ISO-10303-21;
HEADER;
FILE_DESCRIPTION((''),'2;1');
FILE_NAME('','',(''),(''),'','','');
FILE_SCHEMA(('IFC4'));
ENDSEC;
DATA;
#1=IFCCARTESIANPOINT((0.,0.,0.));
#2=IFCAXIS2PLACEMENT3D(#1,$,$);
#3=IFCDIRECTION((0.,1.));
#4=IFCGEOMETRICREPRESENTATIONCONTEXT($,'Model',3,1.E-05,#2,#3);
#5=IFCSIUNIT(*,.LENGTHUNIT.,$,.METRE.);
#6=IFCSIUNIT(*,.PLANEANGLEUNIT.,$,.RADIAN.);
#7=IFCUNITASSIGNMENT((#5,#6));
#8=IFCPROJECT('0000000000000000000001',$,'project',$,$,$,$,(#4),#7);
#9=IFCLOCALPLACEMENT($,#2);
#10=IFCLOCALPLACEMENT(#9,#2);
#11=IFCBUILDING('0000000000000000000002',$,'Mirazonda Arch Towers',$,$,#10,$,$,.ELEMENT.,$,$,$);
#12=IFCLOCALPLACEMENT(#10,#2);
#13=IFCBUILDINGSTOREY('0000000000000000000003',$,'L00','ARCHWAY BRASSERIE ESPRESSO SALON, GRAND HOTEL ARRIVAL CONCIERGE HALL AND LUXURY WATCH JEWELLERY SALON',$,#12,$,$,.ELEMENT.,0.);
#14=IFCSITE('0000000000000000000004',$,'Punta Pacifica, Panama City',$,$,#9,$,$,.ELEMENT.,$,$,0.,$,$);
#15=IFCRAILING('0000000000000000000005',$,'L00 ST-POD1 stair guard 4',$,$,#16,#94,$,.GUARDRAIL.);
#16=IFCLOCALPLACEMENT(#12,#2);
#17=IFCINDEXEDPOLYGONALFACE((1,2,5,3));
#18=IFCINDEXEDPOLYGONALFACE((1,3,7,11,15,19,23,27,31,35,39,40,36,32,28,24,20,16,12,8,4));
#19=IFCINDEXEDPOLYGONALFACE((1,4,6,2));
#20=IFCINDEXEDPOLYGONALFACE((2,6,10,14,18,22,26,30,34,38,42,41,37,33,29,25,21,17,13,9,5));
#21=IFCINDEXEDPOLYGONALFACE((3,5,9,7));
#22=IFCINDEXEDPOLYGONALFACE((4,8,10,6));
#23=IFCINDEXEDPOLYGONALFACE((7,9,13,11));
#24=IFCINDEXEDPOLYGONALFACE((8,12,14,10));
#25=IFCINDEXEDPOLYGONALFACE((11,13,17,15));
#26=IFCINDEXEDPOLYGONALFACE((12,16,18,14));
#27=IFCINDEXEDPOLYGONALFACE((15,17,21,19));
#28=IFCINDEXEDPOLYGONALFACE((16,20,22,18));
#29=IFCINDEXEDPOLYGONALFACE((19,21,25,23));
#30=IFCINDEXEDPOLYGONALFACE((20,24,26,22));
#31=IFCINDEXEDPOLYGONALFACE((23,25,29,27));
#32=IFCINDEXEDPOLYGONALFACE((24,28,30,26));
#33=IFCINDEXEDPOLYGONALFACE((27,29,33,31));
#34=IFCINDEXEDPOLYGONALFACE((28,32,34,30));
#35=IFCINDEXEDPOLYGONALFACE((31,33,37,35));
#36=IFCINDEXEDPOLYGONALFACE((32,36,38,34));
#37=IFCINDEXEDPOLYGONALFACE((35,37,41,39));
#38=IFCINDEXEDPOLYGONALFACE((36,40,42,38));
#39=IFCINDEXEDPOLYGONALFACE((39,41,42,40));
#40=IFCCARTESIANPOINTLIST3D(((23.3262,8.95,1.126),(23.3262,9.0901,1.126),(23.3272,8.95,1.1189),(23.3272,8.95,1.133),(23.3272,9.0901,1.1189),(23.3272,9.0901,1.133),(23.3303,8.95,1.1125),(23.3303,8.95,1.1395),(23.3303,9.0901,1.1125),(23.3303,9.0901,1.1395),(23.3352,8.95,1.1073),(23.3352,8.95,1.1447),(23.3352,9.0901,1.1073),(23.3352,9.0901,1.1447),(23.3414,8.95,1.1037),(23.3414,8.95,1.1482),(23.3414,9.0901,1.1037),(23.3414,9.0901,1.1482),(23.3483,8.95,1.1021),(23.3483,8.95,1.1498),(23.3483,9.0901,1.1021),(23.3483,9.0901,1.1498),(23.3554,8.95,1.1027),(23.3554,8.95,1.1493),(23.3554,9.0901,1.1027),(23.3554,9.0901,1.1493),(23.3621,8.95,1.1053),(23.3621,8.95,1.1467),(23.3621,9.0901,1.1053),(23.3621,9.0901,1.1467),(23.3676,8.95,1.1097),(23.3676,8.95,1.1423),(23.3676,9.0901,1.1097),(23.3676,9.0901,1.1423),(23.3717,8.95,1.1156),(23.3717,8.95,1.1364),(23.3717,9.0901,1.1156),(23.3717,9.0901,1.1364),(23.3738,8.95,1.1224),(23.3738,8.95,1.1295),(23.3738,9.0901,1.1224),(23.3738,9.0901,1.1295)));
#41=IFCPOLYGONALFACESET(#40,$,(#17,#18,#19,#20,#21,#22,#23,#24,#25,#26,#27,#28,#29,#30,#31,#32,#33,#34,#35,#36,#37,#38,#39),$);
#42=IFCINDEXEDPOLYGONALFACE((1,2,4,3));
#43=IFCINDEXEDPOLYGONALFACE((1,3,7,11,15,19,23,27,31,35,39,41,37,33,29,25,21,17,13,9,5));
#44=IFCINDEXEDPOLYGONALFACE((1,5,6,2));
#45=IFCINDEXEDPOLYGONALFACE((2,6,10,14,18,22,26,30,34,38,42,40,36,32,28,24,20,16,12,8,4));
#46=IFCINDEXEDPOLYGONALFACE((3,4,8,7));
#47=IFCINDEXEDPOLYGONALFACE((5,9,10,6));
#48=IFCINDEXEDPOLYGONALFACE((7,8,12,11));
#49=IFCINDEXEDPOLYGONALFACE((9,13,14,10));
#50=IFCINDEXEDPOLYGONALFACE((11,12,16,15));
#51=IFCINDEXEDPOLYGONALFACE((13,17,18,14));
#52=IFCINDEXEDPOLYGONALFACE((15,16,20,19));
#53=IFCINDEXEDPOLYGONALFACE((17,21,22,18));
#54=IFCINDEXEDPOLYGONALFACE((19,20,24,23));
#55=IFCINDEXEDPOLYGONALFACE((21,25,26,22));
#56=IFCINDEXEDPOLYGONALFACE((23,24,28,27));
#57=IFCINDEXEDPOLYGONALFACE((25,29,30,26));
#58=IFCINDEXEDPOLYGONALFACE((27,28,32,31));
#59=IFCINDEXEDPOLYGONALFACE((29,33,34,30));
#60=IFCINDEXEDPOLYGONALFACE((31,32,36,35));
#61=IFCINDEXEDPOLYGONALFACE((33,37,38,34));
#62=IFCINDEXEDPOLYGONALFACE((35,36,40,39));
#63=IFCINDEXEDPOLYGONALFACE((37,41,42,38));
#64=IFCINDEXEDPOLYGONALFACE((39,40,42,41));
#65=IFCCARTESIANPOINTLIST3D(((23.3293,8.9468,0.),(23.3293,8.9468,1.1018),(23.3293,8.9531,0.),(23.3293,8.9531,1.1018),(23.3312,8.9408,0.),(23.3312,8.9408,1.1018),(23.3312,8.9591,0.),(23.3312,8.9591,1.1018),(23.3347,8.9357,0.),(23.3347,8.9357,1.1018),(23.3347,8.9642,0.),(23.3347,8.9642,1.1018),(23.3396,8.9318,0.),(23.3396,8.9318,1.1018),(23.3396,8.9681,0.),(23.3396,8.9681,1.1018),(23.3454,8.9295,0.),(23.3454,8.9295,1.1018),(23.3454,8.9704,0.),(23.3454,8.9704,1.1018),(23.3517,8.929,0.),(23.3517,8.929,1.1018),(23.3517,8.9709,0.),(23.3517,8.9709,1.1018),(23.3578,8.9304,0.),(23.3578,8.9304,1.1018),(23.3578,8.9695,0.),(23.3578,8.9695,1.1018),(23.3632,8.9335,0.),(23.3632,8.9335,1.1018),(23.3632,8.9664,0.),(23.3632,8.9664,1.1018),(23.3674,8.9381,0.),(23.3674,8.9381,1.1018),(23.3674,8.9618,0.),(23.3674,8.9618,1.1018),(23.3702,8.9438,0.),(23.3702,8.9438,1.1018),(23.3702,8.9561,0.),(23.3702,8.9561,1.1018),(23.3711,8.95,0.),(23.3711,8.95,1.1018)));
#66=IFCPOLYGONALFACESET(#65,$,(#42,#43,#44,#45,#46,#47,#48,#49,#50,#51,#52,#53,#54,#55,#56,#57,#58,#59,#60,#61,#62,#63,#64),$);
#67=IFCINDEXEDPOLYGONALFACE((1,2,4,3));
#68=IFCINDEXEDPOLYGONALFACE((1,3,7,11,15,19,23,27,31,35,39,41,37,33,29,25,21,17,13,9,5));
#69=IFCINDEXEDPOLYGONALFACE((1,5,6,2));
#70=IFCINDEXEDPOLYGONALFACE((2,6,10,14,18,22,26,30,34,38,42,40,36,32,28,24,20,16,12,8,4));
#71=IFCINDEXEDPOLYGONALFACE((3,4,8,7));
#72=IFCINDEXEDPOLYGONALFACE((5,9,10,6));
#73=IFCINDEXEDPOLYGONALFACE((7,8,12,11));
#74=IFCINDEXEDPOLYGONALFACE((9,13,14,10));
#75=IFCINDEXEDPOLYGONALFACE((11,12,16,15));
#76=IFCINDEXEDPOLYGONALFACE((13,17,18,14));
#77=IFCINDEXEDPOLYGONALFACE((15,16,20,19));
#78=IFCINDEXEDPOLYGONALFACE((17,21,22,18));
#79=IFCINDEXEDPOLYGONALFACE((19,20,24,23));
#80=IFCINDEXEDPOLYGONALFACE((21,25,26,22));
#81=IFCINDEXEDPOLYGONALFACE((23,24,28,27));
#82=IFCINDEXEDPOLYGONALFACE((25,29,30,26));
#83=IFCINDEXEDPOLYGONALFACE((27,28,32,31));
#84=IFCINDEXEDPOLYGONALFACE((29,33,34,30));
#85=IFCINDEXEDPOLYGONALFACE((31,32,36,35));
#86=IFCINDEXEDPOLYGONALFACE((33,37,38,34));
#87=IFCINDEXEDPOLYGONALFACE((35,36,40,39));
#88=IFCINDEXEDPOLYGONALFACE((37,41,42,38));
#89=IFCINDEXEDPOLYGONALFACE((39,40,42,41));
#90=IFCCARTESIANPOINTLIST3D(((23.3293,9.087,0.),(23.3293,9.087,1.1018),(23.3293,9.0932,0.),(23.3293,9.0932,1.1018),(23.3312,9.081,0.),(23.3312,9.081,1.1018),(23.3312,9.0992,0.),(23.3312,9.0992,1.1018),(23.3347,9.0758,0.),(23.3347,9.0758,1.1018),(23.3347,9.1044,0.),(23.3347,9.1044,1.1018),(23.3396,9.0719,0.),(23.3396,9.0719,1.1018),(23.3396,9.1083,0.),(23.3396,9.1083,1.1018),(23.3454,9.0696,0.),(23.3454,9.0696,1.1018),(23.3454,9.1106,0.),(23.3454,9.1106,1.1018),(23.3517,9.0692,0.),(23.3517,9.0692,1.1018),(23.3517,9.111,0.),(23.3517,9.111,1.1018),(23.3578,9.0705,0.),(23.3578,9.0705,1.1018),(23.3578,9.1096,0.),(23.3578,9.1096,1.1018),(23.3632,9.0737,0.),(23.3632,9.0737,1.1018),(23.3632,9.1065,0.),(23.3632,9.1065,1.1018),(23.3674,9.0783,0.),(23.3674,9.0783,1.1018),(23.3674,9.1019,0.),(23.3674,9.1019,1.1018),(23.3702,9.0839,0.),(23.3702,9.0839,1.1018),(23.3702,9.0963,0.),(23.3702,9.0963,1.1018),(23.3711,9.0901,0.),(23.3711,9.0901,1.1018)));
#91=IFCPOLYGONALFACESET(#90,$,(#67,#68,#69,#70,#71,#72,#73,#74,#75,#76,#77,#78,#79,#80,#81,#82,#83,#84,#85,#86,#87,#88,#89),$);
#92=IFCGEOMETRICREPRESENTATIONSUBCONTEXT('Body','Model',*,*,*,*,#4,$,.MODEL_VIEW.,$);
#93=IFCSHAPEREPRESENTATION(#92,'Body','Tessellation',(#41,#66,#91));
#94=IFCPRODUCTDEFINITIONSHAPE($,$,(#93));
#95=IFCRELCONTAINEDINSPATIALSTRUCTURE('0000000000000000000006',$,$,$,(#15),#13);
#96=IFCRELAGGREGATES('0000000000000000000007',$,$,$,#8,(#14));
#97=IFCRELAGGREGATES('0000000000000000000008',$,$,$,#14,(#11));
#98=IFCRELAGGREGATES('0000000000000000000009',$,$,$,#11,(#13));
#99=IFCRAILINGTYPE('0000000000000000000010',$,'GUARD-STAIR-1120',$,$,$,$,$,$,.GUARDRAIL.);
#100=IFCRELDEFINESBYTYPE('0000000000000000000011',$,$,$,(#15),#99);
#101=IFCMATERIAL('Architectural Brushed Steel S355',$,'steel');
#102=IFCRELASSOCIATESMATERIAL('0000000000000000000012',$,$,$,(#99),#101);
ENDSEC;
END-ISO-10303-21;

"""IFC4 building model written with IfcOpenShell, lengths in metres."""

from ifc_helpers import new_model, si_unit, direction, frame, origin, origin_2d, place, context, subcontext, project, spatial, circle, extrude, material, type_object, element, save


model = new_model("IFC4")

# Units and contexts
model_context = context("Model", 3, precision=1e-05, world=origin(), true_north=direction((0.0, 1.0)))
body_context = subcontext(model_context, "Body", "Model", "MODEL_VIEW")
ifc_project = project(units=[si_unit("LENGTHUNIT", "METRE"), si_unit("PLANEANGLEUNIT", "RADIAN")], contexts=[model_context])

# Site, building, storey
site_placement = place(None, origin())
site = spatial("IfcSite", under=ifc_project, at=site_placement, Name="Punta Pacifica, Panama City", CompositionType="ELEMENT", RefElevation=0.0)
building_placement = place(site_placement, origin())
building = spatial("IfcBuilding", under=site, at=building_placement, Name="Mirazonda Arch Towers", CompositionType="ELEMENT")
storey_placement = place(building_placement, origin())
storey = spatial("IfcBuildingStorey", under=building, at=storey_placement, Name="L00", Description="ARCHWAY BRASSERIE ESPRESSO SALON, GRAND HOTEL ARRIVAL CONCIERGE HALL AND LUXURY WATCH JEWELLERY SALON", CompositionType="ELEMENT", Elevation=0.0)

# Railing
ifc_material_1 = material(Name="Architectural Brushed Steel S355", Category="steel")
railing_type_1 = type_object("IfcRailingType", Name="GUARD-STAIR-1120", PredefinedType="GUARDRAIL", material=ifc_material_1)
railing_1_placement = place(storey_placement, frame((23.3501, 8.95, 0.0)))
element("IfcRailing", 1, at=railing_1_placement, inside=storey, type_object=railing_type_1, Name="L00 ST-POD1 stair guard 4", PredefinedType="GUARDRAIL", context=body_context, shape_type="SweptSolid", body=[
    extrude(circle(Radius=0.0239, at=origin_2d()), frame((0.0, 0.0, 1.126), z_axis=(0.0, 1.0, 0.0), x_axis=(-1.0, 0.0, 0.0)), (0.0, 0.0, 1.0), 0.1401),
    extrude(circle(Radius=0.021, at=origin_2d()), origin(), (0.0, 0.0, 1.0), 1.1018),
    extrude(circle(Radius=0.021, at=origin_2d()), frame((0.0, 0.1401, 0.0)), (0.0, 0.0, 1.0), 1.1018),
])

save(model, "model.ifc")
